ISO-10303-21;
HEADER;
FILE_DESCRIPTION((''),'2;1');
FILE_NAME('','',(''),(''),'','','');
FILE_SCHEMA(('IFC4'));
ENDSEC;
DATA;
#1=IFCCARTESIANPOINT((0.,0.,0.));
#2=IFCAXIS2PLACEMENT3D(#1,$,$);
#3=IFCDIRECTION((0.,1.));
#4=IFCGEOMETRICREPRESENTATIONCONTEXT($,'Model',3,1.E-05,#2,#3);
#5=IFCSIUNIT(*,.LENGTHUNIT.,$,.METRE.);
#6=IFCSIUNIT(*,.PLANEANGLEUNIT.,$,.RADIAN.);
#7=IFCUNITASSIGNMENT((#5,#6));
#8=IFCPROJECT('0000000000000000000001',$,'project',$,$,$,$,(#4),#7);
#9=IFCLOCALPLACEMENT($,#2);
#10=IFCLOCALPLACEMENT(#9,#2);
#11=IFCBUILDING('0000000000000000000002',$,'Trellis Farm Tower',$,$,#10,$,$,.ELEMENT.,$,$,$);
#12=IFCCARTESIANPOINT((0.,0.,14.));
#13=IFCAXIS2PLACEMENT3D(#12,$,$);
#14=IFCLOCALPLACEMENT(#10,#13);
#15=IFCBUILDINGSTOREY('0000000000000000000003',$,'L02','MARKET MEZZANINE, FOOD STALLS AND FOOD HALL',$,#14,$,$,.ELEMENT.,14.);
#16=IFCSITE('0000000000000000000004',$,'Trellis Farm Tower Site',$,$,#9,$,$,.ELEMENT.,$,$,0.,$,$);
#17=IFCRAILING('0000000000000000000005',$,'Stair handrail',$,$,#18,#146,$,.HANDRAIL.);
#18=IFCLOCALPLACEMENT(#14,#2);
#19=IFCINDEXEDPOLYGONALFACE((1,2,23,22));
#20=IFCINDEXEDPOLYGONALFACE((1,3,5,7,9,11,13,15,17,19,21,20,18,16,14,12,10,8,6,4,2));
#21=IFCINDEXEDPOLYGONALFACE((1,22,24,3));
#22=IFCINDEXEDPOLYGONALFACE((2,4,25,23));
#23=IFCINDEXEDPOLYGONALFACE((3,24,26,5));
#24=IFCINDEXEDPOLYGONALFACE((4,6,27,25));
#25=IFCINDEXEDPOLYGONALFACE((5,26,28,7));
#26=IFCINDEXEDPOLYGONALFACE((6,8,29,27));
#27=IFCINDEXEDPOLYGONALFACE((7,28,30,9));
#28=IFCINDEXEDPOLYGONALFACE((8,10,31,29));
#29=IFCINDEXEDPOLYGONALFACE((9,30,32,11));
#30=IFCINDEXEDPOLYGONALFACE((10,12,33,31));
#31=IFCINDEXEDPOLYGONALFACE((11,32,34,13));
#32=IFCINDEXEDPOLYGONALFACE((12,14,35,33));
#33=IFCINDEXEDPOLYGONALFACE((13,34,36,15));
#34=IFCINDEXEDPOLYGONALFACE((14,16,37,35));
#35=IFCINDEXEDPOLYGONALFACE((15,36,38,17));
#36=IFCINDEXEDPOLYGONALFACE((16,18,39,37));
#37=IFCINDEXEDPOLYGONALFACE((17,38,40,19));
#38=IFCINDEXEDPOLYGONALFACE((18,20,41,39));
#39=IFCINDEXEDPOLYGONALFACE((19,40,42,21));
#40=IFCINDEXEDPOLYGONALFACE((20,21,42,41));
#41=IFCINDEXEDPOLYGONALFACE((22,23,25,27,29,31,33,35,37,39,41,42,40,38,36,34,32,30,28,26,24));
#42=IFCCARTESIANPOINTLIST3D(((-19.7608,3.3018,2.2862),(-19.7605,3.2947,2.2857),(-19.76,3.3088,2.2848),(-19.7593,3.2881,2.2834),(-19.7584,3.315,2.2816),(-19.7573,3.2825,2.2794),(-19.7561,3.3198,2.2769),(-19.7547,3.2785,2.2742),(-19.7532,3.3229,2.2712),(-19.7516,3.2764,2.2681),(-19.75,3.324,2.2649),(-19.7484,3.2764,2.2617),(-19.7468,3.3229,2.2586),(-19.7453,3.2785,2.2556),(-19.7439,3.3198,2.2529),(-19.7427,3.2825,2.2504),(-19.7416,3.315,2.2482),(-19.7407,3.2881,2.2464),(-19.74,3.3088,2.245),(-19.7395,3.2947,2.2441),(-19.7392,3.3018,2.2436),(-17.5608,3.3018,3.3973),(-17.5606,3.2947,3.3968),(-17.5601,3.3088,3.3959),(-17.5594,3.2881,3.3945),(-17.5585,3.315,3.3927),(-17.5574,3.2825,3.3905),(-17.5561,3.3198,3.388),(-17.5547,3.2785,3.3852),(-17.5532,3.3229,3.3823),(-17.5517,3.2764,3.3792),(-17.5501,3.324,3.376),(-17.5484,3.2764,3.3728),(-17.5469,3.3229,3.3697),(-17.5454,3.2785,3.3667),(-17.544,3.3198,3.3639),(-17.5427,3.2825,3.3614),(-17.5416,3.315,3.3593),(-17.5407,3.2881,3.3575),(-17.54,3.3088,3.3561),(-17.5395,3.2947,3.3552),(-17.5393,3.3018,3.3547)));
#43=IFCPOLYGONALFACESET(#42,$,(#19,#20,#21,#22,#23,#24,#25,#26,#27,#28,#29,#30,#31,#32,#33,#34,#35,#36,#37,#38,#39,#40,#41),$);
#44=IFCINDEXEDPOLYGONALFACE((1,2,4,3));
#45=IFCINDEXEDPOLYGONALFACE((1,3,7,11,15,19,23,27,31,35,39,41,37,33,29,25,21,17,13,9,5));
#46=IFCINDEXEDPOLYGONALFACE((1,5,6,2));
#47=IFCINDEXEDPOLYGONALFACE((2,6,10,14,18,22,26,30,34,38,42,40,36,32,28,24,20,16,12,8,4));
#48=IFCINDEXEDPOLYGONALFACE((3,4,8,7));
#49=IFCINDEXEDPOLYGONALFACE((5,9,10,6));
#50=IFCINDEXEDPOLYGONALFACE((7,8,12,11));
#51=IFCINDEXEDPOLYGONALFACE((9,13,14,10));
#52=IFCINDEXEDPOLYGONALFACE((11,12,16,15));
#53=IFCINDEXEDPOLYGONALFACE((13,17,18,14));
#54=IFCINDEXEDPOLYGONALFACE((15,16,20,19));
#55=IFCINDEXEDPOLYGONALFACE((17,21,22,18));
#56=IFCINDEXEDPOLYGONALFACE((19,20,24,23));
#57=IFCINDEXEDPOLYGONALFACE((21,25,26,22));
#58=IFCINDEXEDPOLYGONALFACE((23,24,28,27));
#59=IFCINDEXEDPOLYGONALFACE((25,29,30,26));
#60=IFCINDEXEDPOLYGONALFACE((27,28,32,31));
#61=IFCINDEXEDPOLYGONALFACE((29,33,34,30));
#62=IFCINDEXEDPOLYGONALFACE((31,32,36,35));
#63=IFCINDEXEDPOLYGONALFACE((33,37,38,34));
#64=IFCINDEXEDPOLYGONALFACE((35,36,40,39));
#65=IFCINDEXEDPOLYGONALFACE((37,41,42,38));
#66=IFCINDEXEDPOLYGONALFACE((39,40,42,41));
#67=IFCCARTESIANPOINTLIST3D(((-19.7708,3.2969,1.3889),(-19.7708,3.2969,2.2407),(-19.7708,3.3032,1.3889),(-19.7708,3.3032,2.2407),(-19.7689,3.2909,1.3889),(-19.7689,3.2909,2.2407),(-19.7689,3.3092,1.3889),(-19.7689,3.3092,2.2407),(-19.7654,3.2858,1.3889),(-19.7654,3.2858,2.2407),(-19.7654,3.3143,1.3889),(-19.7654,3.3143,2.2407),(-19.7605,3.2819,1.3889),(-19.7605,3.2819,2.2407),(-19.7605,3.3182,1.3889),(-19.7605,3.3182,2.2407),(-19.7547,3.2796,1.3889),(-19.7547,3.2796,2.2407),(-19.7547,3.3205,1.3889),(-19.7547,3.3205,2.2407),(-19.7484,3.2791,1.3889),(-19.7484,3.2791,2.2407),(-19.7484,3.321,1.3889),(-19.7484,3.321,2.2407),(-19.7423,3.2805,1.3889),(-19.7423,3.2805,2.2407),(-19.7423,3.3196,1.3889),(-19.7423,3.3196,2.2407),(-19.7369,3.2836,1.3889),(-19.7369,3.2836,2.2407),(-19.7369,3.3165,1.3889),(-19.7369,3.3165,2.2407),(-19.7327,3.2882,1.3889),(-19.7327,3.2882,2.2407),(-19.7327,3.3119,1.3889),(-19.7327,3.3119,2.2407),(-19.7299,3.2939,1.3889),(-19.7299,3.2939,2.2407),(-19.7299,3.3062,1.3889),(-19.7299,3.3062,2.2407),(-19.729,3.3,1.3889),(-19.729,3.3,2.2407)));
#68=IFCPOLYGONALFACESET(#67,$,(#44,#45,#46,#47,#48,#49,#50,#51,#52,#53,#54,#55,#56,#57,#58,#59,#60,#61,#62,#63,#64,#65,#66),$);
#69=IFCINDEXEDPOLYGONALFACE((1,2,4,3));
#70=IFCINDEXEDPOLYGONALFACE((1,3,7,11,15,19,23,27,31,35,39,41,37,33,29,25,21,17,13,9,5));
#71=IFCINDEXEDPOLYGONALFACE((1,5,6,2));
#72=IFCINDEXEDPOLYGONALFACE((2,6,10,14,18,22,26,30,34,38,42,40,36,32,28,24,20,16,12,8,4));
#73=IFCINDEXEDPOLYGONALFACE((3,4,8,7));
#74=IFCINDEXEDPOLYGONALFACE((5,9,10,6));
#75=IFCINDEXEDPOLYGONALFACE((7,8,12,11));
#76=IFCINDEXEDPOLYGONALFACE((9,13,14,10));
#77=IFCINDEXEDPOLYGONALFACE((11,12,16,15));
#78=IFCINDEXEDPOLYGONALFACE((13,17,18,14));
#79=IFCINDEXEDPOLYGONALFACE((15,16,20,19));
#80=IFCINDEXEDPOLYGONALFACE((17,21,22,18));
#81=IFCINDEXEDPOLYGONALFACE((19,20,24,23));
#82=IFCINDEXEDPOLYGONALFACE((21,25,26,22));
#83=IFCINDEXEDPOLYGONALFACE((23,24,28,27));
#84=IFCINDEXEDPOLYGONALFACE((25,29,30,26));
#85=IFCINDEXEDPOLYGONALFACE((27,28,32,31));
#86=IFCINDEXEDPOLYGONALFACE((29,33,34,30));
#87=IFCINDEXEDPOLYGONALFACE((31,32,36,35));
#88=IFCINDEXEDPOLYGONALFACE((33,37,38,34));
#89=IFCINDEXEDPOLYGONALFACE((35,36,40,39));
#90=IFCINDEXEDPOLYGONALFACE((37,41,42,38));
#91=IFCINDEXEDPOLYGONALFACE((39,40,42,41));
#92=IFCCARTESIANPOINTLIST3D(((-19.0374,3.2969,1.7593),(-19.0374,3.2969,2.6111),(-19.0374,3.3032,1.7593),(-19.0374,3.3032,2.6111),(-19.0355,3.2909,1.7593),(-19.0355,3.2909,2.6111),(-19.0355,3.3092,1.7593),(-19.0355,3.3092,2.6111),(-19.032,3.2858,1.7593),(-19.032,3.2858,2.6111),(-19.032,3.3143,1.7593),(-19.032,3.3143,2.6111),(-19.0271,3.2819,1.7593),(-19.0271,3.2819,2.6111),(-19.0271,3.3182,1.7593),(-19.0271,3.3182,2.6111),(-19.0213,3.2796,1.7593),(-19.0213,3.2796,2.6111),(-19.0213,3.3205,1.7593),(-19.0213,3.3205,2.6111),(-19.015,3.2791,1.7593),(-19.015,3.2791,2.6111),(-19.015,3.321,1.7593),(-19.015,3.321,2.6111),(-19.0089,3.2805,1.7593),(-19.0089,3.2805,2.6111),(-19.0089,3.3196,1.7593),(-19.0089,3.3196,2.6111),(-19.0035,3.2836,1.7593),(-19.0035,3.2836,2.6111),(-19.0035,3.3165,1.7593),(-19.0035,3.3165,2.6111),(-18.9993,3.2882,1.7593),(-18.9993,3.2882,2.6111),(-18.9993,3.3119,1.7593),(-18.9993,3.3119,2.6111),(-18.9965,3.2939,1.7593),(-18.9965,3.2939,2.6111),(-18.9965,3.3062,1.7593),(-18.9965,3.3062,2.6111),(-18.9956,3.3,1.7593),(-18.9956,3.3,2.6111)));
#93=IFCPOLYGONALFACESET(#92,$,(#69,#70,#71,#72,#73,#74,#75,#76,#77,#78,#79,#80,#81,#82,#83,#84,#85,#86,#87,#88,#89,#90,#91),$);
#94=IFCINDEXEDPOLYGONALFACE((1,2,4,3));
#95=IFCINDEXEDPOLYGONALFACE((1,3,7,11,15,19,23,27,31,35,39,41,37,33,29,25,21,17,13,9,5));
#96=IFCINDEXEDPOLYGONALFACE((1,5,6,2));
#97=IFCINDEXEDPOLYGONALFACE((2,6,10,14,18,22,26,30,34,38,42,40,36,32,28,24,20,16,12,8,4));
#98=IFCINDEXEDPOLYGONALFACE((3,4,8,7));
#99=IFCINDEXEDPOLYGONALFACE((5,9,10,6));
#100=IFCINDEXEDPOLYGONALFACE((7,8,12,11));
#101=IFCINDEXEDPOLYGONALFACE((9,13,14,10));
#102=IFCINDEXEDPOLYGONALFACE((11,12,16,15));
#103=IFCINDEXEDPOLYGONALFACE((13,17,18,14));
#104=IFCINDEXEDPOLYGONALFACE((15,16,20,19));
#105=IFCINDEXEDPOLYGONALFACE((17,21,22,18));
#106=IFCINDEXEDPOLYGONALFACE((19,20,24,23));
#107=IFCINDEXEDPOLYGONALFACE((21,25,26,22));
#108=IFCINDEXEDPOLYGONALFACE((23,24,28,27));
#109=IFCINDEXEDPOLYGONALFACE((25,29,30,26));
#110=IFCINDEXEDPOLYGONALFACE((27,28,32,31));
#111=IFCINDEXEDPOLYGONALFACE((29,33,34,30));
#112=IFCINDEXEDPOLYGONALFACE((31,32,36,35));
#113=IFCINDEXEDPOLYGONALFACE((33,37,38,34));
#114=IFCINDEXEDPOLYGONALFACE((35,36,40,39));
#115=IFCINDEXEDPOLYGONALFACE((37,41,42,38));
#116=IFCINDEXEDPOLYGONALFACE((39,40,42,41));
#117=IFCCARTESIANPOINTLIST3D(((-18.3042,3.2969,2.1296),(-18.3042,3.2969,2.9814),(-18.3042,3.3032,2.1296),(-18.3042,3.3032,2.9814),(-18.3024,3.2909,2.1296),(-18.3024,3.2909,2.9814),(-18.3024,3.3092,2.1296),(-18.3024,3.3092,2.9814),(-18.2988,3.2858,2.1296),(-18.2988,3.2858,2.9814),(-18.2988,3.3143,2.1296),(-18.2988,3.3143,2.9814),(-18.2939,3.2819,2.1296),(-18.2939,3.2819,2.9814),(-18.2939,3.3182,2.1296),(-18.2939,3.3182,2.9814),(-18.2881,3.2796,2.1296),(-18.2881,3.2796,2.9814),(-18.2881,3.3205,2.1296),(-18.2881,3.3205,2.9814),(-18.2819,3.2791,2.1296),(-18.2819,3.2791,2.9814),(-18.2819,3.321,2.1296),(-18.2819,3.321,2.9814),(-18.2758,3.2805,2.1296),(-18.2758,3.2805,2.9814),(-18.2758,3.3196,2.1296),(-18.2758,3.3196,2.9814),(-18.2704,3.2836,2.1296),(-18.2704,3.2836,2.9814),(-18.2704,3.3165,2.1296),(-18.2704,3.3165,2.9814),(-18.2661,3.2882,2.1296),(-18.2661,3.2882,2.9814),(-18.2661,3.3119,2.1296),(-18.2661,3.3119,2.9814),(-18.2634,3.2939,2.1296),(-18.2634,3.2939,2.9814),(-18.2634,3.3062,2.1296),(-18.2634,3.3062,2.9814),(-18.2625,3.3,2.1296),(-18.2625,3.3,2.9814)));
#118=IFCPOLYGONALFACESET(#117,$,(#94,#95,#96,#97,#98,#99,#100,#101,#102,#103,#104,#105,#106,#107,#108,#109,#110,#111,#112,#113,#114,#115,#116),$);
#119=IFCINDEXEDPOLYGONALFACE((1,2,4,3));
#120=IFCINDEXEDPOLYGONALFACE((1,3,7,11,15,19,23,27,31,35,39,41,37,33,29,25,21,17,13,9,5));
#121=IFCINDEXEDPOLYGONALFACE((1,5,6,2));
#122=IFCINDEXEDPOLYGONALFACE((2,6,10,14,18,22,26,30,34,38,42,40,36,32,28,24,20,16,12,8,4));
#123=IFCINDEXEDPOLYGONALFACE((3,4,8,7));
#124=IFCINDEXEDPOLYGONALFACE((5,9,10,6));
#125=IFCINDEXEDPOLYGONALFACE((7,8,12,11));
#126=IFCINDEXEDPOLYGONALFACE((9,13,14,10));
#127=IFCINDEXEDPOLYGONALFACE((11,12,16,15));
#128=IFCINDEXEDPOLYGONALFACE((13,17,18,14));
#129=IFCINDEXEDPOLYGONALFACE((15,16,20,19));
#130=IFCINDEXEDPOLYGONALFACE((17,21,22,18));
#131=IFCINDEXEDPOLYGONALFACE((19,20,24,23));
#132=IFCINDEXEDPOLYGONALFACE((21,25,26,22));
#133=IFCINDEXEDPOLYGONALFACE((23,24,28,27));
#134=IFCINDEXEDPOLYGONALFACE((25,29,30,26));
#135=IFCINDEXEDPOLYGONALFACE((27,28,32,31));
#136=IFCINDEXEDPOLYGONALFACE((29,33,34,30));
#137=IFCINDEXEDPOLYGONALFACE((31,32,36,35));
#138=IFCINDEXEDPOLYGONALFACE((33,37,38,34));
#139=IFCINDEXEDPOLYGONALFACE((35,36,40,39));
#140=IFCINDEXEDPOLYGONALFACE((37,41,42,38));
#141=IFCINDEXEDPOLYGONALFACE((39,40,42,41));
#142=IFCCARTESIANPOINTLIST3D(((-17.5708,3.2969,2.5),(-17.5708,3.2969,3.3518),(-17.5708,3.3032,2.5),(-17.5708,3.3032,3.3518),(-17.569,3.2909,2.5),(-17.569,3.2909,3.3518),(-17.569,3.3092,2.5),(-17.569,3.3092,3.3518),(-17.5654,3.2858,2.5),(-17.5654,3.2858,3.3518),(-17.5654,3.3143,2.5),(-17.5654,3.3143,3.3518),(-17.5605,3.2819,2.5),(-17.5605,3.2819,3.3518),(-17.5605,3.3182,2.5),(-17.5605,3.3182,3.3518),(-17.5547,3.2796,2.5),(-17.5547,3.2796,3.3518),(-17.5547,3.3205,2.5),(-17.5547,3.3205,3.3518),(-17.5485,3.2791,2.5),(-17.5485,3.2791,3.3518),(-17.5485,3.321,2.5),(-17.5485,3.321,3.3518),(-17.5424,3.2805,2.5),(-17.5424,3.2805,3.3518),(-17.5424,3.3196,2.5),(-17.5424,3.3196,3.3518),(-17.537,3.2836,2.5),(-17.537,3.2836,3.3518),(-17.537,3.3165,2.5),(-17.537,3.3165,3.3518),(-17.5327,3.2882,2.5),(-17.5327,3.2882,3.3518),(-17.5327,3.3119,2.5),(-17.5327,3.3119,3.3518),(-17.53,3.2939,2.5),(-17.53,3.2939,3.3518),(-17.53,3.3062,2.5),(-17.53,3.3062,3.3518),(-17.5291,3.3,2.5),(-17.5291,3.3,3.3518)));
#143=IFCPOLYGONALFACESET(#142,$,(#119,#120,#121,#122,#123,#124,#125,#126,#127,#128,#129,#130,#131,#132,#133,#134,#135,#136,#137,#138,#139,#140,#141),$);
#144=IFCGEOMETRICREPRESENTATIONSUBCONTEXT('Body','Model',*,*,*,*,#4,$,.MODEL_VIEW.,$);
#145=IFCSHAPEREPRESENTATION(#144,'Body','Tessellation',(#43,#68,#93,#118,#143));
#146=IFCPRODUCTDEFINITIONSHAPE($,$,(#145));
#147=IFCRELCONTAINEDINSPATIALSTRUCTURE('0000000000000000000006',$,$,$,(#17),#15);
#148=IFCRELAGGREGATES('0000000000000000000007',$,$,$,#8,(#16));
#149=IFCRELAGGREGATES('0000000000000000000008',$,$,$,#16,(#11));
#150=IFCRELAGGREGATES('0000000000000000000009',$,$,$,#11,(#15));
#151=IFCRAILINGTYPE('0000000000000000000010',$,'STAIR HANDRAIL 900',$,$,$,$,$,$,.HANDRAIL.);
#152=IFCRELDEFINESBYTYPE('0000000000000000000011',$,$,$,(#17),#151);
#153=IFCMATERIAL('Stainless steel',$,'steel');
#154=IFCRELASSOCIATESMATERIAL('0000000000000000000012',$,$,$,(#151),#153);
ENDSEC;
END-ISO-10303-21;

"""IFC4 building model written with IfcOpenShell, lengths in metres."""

from ifc_helpers import new_model, si_unit, direction, frame, origin, origin_2d, place, context, subcontext, project, spatial, circle, extrude, source, transform, mapped, material, type_object, element, save


model = new_model("IFC4")

# Units and contexts
model_context = context("Model", 3, precision=1e-05, world=origin(), true_north=direction((0.0, 1.0)))
body_context = subcontext(model_context, "Body", "Model", "MODEL_VIEW")
ifc_project = project(units=[si_unit("LENGTHUNIT", "METRE"), si_unit("PLANEANGLEUNIT", "RADIAN")], contexts=[model_context])

# Site, building, storey
site_placement = place(None, origin())
site = spatial("IfcSite", under=ifc_project, at=site_placement, Name="Trellis Farm Tower Site", CompositionType="ELEMENT", RefElevation=0.0)
building_placement = place(site_placement, origin())
building = spatial("IfcBuilding", under=site, at=building_placement, Name="Trellis Farm Tower", CompositionType="ELEMENT")
storey_placement = place(building_placement, frame((0.0, 0.0, 14.0)))
storey = spatial("IfcBuildingStorey", under=building, at=storey_placement, Name="L02", Description="MARKET MEZZANINE, FOOD STALLS AND FOOD HALL", CompositionType="ELEMENT", Elevation=14.0)

# Railing
ifc_material_1 = material(Name="Stainless steel", Category="steel")
railing_type = type_object("IfcRailingType", Name="STAIR HANDRAIL 900", PredefinedType="HANDRAIL", material=ifc_material_1)
shared_shape_1 = source(origin(), body_context, "Body", "SweptSolid", [
    extrude(circle(Radius=0.0239, at=origin_2d()), frame((0.0, 0.0, 0.876), z_axis=(0.892617, 0.0, 0.450816), x_axis=(0.0, 1.0, 0.0)), (0.0, 0.0, 1.0), 2.4646),
    extrude(circle(Radius=0.021, at=origin_2d()), origin(), (0.0, 0.0, 1.0), 0.8518),
    extrude(circle(Radius=0.021, at=origin_2d()), frame((0.7334, 0.0, 0.3704)), (0.0, 0.0, 1.0), 0.8518),
    extrude(circle(Radius=0.021, at=origin_2d()), frame((1.4666, 0.0, 0.7407)), (0.0, 0.0, 1.0), 0.8518),
    extrude(circle(Radius=0.021, at=origin_2d()), frame((2.2, 0.0, 1.1111)), (0.0, 0.0, 1.0), 0.8518),
])
for number, where, name in (
    (1, (-19.75, 3.3, 1.3889), "Stair handrail"),
):
    element("IfcRailing", number, at=place(storey_placement, frame(where)), inside=storey, type_object=railing_type, Name=name, PredefinedType="HANDRAIL", context=body_context, shape_type="MappedRepresentation", body=[
        mapped(shared_shape_1, transform((0.0, 0.0, 0.0))),
    ])

save(model, "model.ifc")
